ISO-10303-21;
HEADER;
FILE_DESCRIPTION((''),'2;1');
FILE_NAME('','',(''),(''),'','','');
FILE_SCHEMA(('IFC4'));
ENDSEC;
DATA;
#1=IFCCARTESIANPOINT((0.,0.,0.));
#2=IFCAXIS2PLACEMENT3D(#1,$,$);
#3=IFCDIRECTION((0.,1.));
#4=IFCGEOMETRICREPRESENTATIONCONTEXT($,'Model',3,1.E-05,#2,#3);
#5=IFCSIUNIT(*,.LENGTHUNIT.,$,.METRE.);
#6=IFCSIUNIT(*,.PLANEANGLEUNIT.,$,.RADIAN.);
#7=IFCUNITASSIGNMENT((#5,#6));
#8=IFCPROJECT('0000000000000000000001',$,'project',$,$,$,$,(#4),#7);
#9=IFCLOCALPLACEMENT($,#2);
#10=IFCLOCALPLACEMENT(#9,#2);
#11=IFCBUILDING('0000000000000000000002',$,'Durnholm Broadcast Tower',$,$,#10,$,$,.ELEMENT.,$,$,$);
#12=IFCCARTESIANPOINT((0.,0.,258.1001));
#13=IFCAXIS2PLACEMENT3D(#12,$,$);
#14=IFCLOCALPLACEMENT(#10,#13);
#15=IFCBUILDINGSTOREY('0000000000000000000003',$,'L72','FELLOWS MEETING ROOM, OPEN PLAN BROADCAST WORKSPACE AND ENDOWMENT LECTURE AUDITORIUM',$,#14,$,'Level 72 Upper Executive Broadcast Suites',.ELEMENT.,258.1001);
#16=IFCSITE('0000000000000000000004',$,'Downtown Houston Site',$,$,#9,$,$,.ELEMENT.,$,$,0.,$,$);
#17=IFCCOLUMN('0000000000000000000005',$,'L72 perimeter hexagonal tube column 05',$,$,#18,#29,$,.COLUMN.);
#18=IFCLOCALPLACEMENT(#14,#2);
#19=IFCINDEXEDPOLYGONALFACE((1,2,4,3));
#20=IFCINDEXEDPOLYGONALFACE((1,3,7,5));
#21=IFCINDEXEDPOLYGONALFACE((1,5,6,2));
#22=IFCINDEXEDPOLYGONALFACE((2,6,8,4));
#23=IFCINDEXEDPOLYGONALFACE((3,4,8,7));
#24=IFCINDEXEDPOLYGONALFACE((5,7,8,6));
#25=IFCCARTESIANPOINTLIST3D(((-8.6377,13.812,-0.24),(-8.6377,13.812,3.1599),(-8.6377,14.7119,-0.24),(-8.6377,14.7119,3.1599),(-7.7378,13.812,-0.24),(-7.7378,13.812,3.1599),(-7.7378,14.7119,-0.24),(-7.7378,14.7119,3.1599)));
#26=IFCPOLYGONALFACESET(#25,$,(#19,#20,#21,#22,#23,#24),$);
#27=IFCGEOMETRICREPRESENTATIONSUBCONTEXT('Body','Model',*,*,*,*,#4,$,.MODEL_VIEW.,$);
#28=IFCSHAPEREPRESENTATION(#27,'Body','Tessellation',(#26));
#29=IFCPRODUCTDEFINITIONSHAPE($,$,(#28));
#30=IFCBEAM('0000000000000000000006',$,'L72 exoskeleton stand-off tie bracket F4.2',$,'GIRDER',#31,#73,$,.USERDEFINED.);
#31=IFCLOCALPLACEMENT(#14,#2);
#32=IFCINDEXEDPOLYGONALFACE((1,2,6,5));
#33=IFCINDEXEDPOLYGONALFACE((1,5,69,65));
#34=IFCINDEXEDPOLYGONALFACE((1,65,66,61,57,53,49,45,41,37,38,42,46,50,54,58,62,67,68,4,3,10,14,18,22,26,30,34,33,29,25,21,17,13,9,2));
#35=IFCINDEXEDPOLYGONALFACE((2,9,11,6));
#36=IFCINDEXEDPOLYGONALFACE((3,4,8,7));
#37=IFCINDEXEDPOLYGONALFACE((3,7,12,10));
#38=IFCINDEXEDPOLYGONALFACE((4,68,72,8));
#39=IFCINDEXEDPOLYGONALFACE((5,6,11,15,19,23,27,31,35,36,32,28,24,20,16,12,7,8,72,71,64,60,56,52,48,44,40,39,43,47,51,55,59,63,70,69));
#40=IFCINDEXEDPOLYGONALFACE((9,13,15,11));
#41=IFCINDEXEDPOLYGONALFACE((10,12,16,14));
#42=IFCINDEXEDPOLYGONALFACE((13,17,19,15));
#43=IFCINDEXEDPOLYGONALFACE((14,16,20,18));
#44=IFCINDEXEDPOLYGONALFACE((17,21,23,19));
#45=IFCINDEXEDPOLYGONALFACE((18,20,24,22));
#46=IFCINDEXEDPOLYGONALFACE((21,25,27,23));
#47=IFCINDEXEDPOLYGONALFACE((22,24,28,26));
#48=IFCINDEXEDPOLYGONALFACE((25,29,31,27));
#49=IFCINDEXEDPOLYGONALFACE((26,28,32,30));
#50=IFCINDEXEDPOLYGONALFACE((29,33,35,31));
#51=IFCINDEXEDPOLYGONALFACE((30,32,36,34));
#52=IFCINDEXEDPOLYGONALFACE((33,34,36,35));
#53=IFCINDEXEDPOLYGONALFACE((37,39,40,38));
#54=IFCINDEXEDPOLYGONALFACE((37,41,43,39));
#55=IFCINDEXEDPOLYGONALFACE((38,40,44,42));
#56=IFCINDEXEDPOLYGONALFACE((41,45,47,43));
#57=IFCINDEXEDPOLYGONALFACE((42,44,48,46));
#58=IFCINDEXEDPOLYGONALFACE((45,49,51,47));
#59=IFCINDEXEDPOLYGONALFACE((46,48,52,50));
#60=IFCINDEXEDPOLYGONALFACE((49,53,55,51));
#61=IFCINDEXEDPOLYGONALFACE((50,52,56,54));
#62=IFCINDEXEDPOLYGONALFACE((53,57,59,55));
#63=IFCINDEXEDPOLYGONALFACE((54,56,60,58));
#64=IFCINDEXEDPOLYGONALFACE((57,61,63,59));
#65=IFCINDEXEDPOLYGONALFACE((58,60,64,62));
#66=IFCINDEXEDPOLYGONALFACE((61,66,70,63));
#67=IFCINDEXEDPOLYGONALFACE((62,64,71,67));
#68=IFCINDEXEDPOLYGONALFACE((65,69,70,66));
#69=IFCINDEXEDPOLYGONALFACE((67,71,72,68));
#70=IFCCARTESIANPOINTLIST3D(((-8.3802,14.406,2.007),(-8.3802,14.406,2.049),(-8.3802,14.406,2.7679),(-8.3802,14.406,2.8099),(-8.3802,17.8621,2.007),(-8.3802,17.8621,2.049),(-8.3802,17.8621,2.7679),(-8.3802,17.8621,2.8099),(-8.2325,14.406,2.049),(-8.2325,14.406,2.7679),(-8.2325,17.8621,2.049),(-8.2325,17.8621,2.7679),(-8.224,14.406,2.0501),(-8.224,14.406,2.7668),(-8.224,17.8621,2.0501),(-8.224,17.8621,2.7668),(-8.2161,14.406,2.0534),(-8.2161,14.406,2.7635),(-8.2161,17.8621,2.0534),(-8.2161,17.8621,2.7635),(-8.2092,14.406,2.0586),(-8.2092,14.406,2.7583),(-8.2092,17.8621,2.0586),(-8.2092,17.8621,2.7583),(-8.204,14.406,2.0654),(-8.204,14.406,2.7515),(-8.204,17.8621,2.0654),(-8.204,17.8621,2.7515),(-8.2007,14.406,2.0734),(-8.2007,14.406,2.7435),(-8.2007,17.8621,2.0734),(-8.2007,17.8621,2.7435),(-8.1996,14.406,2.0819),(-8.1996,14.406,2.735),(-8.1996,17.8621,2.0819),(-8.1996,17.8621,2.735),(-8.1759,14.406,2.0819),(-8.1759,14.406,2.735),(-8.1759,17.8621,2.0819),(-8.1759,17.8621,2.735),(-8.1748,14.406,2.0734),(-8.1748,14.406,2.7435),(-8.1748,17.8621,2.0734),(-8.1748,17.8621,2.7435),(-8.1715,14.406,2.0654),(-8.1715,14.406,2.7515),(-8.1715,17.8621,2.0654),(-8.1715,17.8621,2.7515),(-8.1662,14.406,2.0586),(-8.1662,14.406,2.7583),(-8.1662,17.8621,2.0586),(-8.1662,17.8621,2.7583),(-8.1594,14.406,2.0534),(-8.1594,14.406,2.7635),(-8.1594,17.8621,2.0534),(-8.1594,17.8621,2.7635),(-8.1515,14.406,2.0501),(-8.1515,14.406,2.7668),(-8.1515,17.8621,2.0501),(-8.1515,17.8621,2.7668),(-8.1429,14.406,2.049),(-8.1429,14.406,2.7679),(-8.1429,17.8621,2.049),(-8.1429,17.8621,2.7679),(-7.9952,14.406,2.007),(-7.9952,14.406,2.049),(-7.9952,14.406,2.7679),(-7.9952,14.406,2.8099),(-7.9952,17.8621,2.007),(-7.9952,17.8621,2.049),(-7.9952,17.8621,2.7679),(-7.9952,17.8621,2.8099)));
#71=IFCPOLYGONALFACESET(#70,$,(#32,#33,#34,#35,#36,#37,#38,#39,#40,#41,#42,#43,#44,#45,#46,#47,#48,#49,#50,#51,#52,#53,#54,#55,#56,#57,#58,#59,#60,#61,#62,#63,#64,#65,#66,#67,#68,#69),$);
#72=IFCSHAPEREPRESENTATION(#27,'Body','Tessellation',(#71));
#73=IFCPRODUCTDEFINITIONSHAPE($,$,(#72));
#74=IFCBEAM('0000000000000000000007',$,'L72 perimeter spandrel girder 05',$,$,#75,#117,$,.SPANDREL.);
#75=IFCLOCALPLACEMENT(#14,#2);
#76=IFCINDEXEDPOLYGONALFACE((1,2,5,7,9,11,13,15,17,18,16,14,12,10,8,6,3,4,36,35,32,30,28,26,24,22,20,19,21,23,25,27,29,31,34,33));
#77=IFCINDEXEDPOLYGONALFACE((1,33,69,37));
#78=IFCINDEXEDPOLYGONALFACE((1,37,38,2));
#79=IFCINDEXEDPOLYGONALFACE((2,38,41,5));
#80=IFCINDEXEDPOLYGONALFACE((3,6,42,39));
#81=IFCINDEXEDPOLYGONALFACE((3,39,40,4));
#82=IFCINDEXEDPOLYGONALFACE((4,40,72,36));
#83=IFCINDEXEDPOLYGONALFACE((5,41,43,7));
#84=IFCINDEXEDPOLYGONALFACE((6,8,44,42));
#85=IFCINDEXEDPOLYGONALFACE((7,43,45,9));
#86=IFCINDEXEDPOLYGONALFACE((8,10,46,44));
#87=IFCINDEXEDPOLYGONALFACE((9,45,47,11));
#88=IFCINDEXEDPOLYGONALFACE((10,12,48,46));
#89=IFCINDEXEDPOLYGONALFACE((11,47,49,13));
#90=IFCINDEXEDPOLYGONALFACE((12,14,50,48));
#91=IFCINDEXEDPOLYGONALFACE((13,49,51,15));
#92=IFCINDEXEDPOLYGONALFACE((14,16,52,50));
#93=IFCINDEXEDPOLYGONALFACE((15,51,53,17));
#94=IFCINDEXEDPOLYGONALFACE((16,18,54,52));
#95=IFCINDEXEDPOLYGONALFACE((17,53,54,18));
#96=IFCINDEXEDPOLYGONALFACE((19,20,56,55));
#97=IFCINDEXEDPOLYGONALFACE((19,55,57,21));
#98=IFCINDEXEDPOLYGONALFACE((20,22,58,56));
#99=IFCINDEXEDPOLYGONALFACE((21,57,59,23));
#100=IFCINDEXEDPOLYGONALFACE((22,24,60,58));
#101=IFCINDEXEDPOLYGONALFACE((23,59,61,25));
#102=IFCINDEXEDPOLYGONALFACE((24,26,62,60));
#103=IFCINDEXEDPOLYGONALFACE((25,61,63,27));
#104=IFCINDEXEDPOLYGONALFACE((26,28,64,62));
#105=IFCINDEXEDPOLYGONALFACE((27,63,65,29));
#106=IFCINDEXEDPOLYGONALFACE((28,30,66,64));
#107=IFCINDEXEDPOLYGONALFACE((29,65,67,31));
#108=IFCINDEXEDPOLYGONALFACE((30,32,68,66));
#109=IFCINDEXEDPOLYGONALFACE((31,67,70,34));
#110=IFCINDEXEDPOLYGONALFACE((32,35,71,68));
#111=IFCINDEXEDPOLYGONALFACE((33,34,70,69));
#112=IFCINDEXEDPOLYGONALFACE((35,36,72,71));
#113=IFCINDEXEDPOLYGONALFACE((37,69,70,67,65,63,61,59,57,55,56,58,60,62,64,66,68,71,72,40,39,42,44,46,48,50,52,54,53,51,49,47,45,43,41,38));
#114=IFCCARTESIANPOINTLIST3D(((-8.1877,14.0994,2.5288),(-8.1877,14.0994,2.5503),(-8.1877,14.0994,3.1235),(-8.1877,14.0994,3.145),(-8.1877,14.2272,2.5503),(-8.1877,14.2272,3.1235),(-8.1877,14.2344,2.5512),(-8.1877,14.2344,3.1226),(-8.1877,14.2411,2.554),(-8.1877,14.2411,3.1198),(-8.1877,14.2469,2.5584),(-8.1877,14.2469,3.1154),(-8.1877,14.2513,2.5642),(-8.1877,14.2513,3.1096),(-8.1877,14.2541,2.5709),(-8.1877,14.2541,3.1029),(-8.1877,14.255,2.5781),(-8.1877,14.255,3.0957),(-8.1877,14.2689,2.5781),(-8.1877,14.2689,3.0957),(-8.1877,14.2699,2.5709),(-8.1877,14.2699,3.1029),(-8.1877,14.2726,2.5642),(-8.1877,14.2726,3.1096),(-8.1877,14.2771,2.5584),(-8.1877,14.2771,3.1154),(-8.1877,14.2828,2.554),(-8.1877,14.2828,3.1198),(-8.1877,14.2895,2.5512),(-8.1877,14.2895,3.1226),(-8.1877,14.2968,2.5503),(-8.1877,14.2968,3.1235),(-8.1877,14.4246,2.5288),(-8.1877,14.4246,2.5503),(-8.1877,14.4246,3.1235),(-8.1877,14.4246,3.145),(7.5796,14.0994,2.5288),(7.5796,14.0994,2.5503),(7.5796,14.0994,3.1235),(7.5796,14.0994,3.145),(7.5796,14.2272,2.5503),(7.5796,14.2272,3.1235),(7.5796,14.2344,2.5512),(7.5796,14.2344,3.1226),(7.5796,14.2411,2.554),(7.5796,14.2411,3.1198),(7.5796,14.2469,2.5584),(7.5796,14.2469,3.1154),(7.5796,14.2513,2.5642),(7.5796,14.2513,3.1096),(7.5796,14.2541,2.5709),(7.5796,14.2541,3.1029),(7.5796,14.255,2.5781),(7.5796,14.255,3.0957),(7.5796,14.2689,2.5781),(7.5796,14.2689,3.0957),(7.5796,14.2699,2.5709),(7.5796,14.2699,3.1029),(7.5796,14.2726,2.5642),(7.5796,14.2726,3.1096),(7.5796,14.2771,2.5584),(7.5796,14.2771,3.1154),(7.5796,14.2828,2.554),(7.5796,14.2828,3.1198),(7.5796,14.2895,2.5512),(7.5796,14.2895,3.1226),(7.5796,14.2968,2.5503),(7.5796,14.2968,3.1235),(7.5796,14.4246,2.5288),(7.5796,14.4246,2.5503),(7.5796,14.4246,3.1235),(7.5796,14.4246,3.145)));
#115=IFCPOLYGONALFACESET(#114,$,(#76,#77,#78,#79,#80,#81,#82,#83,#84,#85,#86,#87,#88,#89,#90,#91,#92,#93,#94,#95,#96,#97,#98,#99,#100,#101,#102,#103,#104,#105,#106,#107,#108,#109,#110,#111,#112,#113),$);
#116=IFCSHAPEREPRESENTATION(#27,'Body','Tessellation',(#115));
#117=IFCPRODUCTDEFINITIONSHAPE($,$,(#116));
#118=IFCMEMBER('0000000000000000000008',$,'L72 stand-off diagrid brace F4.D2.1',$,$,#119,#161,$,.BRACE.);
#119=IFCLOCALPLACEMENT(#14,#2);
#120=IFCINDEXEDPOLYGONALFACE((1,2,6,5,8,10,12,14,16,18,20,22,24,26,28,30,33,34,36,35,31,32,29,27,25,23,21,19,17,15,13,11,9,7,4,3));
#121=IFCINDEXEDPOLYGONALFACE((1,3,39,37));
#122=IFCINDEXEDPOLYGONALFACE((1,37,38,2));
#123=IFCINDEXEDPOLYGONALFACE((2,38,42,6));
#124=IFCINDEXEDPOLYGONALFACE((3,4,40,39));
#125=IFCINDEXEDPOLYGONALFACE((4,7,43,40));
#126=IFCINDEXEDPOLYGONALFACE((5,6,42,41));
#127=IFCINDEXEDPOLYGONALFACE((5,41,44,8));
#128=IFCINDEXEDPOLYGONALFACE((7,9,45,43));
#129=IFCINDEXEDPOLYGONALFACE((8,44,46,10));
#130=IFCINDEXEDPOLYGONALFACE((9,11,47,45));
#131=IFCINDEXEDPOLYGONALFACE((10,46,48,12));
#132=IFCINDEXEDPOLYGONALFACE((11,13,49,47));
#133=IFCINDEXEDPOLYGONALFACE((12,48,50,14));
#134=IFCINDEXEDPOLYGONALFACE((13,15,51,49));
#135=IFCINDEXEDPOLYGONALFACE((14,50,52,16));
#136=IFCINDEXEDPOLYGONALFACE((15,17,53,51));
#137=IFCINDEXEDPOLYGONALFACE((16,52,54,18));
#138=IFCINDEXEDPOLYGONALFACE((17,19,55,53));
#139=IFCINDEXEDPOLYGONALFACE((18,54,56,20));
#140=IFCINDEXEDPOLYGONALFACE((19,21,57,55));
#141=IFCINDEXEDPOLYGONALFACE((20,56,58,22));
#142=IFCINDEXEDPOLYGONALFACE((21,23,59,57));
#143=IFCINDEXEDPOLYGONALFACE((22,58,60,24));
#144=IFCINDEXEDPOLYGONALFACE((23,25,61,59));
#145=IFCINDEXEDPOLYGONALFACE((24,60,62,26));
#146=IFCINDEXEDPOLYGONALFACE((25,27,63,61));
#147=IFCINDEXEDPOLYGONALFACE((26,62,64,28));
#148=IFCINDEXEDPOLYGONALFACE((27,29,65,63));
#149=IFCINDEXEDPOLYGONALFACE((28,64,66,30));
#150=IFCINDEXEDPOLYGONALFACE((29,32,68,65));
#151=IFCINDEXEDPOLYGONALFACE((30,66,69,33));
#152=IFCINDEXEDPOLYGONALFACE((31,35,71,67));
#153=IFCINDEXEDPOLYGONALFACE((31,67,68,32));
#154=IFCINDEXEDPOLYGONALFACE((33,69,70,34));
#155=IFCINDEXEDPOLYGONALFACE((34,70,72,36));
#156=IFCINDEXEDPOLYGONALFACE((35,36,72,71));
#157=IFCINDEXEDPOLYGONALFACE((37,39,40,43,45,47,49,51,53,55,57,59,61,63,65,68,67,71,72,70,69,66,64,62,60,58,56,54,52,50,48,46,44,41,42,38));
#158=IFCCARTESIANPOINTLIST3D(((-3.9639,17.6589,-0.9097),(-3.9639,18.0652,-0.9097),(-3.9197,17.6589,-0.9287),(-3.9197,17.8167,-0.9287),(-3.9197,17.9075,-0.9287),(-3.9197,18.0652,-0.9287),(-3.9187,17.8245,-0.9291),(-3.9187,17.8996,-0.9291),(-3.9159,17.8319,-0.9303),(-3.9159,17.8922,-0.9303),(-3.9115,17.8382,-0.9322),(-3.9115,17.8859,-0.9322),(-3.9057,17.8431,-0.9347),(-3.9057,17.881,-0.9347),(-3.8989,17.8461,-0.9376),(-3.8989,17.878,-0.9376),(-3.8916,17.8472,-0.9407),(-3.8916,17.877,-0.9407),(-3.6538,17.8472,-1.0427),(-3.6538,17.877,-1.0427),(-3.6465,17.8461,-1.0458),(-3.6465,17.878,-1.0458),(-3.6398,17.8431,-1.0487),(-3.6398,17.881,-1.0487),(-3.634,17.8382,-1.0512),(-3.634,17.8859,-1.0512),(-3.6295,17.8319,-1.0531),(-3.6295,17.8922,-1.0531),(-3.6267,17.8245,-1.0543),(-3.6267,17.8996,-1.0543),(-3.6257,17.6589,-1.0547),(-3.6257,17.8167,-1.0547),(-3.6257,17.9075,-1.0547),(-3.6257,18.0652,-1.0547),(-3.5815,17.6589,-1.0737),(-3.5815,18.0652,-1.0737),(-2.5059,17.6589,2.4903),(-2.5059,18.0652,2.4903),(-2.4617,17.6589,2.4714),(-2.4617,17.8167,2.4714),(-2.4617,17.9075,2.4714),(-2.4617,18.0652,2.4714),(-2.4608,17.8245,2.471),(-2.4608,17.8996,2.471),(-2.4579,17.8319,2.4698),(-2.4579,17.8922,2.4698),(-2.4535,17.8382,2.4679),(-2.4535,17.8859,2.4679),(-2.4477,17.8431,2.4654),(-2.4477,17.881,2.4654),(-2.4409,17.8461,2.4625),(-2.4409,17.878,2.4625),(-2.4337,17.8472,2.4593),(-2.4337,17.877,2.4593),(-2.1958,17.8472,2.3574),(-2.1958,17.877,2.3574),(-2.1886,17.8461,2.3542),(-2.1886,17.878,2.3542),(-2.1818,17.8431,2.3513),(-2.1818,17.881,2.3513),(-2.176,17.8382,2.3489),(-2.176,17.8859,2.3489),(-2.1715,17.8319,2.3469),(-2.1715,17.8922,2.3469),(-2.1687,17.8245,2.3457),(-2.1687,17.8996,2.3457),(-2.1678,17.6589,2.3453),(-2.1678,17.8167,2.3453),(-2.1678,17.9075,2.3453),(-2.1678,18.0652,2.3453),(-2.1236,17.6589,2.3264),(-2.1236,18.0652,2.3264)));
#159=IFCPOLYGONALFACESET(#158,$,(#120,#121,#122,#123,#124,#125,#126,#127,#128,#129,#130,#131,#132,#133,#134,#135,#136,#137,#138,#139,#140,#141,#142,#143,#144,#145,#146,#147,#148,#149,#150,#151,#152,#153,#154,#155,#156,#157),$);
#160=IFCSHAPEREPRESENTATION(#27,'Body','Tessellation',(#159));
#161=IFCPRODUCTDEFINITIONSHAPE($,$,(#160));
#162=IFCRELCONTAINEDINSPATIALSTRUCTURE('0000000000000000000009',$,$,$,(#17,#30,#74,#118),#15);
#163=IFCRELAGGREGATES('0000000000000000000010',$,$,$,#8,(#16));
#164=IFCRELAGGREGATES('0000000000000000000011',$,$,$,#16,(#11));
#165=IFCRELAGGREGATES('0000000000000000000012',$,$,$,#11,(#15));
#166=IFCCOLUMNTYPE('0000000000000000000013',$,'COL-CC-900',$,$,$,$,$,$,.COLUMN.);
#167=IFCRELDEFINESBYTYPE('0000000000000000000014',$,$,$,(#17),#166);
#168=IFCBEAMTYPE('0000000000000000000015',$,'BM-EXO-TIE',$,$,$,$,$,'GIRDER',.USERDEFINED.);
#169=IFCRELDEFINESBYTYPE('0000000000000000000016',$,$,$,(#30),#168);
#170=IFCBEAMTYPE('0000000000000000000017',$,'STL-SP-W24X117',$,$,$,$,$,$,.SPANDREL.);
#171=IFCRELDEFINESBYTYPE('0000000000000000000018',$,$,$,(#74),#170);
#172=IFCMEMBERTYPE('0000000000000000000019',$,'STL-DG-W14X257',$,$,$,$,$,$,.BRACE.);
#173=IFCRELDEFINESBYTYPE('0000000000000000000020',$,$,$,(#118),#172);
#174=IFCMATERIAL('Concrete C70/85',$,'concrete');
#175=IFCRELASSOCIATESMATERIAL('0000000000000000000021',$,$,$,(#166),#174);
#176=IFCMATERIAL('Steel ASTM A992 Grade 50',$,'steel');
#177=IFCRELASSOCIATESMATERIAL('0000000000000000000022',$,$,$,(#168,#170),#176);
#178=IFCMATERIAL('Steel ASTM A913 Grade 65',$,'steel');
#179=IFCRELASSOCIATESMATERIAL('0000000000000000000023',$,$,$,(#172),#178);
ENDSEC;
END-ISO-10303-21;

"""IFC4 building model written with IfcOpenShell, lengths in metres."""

from ifc_helpers import new_model, si_unit, direction, frame, origin, origin_2d, place, context, subcontext, project, spatial, rectangle, i_section, extrude, source, transform, mapped, material, material_profile, profile_set, type_object, type_shapes, element, save


model = new_model("IFC4")

# Units and contexts
model_context = context("Model", 3, precision=1e-05, world=origin(), true_north=direction((0.0, 1.0)))
body_context = subcontext(model_context, "Body", "Model", "MODEL_VIEW")
ifc_project = project(units=[si_unit("LENGTHUNIT", "METRE"), si_unit("PLANEANGLEUNIT", "RADIAN")], contexts=[model_context])

# Site, building, storey
site_placement = place(None, origin())
site = spatial("IfcSite", under=ifc_project, at=site_placement, Name="Downtown Houston Site", CompositionType="ELEMENT", RefElevation=0.0)
building_placement = place(site_placement, origin())
building = spatial("IfcBuilding", under=site, at=building_placement, Name="Durnholm Broadcast Tower", CompositionType="ELEMENT")
storey_placement = place(building_placement, frame((0.0, 0.0, 258.1001)))
storey = spatial("IfcBuildingStorey", under=building, at=storey_placement, Name="L72", Description="FELLOWS MEETING ROOM, OPEN PLAN BROADCAST WORKSPACE AND ENDOWMENT LECTURE AUDITORIUM", LongName="Level 72 Upper Executive Broadcast Suites", CompositionType="ELEMENT", Elevation=258.1001)

# Column
ifc_material_1 = material(Name="Concrete C70/85", Category="concrete")
ifc_material_profile_1 = material_profile(ifc_material_1, rectangle(XDim=0.8999, YDim=0.8999, at=origin_2d()), Name="RC900X900")
ifc_profile_set_1 = profile_set([ifc_material_profile_1], Name="Concrete C70/85")
column_type = type_object("IfcColumnType", Name="COL-CC-900", PredefinedType="COLUMN", material=ifc_profile_set_1)
shared_shape_1 = source(origin(), body_context, "Body", "SweptSolid", [
    extrude(rectangle(XDim=0.8999, YDim=0.8999, at=origin_2d()), origin(), (0.0, 0.0, 1.0), 3.3999),
])
type_shapes(column_type, [shared_shape_1])
column_placement = place(storey_placement, frame((-8.1877, 14.262, -0.24), z_axis=(0.0, 0.0, 1.0), x_axis=(1.0, 0.0, 0.0)))
element("IfcColumn", 1, at=column_placement, inside=storey, type_object=column_type, Name="L72 perimeter hexagonal tube column 05", PredefinedType="COLUMN", context=body_context, shape_type="MappedRepresentation", body=[
    mapped(shared_shape_1, transform((0.0, 0.0, 0.0), x_axis=(1.0, 0.0, 0.0), y_axis=(0.0, 1.0, 0.0), z_axis=(0.0, 0.0, 1.0), scale=1.0)),
])

# Beams
ifc_material_2 = material(Name="Steel ASTM A992 Grade 50", Category="steel")
ifc_material_profile_2 = material_profile(ifc_material_2, i_section(OverallWidth=0.385, OverallDepth=0.803, WebThickness=0.0237, FlangeThickness=0.042, FilletRadius=0.033, at=origin_2d()), Name="W30X261")
ifc_profile_set_2 = profile_set([ifc_material_profile_2], Name="Steel ASTM A992 Grade 50")
beam_type_1 = type_object("IfcBeamType", Name="BM-EXO-TIE", ElementType="GIRDER", PredefinedType="USERDEFINED", material=ifc_profile_set_2)
shared_shape_2 = source(origin(), body_context, "Body", "SweptSolid", [
    extrude(i_section(OverallWidth=0.385, OverallDepth=0.803, WebThickness=0.0237, FlangeThickness=0.042, FilletRadius=0.033, at=origin_2d()), origin(), (0.0, 0.0, 1.0), 3.4561),
])
type_shapes(beam_type_1, [shared_shape_2])
beam_1_placement = place(storey_placement, frame((-8.1877, 14.406, 2.4084), z_axis=(0.0, 1.0, 0.0), x_axis=(-1.0, 0.0, 0.0)))
element("IfcBeam", 2, at=beam_1_placement, inside=storey, type_object=beam_type_1, Name="L72 exoskeleton stand-off tie bracket F4.2", ObjectType="GIRDER", PredefinedType="USERDEFINED", context=body_context, shape_type="MappedRepresentation", body=[
    mapped(shared_shape_2, transform((0.0, 0.0, 0.0), x_axis=(1.0, 0.0, 0.0), y_axis=(0.0, 1.0, 0.0), z_axis=(0.0, 0.0, 1.0), scale=1.0)),
])
ifc_material_profile_3 = material_profile(ifc_material_2, i_section(OverallWidth=0.3252, OverallDepth=0.6162, WebThickness=0.0139, FlangeThickness=0.0215, FilletRadius=0.0278, at=origin_2d()), Name="W24X117")
ifc_profile_set_3 = profile_set([ifc_material_profile_3], Name="Steel ASTM A992 Grade 50")
beam_type_2 = type_object("IfcBeamType", Name="STL-SP-W24X117", PredefinedType="SPANDREL", material=ifc_profile_set_3)
shared_shape_3 = source(origin(), body_context, "Body", "SweptSolid", [
    extrude(i_section(OverallWidth=0.3252, OverallDepth=0.6162, WebThickness=0.0139, FlangeThickness=0.0215, FilletRadius=0.0278, at=origin_2d()), origin(), (0.0, 0.0, 1.0), 15.7673),
])
type_shapes(beam_type_2, [shared_shape_3])
beam_2_placement = place(storey_placement, frame((-8.1877, 14.262, 2.8369), z_axis=(1.0, 0.0, 0.0), x_axis=(0.0, 1.0, 0.0)))
element("IfcBeam", 3, at=beam_2_placement, inside=storey, type_object=beam_type_2, Name="L72 perimeter spandrel girder 05", PredefinedType="SPANDREL", context=body_context, shape_type="MappedRepresentation", body=[
    mapped(shared_shape_3, transform((0.0, 0.0, 0.0), x_axis=(1.0, 0.0, 0.0), y_axis=(0.0, 1.0, 0.0), z_axis=(0.0, 0.0, 1.0), scale=1.0)),
])

# Member
ifc_material_3 = material(Name="Steel ASTM A913 Grade 65", Category="steel")
ifc_material_profile_4 = material_profile(ifc_material_3, i_section(OverallWidth=0.4062, OverallDepth=0.416, WebThickness=0.0298, FlangeThickness=0.0481, FilletRadius=0.0305, at=origin_2d()), Name="W14X257")
ifc_profile_set_4 = profile_set([ifc_material_profile_4], Name="Steel ASTM A913 Grade 65")
member_type_1 = type_object("IfcMemberType", Name="STL-DG-W14X257", PredefinedType="BRACE", material=ifc_profile_set_4)
shared_shape_4 = source(origin(), body_context, "Body", "SweptSolid", [
    extrude(i_section(OverallWidth=0.4062, OverallDepth=0.416, WebThickness=0.0298, FlangeThickness=0.0481, FilletRadius=0.0305, at=origin_2d()), origin(), (0.0, 0.0, 1.0), 3.6995),
])
member_1_placement = place(storey_placement, frame((-3.7727, 17.8621, -0.9917), z_axis=(0.394102, 0.0, 0.919067), x_axis=(0.0, 1.0, 0.0)))
element("IfcMember", 4, at=member_1_placement, inside=storey, type_object=member_type_1, Name="L72 stand-off diagrid brace F4.D2.1", PredefinedType="BRACE", context=body_context, shape_type="MappedRepresentation", body=[
    mapped(shared_shape_4, transform((0.0, 0.0, 0.0), x_axis=(1.0, 0.0, 0.0), y_axis=(0.0, 1.0, 0.0), z_axis=(0.0, 0.0, 1.0), scale=1.0)),
])

save(model, "model.ifc")
